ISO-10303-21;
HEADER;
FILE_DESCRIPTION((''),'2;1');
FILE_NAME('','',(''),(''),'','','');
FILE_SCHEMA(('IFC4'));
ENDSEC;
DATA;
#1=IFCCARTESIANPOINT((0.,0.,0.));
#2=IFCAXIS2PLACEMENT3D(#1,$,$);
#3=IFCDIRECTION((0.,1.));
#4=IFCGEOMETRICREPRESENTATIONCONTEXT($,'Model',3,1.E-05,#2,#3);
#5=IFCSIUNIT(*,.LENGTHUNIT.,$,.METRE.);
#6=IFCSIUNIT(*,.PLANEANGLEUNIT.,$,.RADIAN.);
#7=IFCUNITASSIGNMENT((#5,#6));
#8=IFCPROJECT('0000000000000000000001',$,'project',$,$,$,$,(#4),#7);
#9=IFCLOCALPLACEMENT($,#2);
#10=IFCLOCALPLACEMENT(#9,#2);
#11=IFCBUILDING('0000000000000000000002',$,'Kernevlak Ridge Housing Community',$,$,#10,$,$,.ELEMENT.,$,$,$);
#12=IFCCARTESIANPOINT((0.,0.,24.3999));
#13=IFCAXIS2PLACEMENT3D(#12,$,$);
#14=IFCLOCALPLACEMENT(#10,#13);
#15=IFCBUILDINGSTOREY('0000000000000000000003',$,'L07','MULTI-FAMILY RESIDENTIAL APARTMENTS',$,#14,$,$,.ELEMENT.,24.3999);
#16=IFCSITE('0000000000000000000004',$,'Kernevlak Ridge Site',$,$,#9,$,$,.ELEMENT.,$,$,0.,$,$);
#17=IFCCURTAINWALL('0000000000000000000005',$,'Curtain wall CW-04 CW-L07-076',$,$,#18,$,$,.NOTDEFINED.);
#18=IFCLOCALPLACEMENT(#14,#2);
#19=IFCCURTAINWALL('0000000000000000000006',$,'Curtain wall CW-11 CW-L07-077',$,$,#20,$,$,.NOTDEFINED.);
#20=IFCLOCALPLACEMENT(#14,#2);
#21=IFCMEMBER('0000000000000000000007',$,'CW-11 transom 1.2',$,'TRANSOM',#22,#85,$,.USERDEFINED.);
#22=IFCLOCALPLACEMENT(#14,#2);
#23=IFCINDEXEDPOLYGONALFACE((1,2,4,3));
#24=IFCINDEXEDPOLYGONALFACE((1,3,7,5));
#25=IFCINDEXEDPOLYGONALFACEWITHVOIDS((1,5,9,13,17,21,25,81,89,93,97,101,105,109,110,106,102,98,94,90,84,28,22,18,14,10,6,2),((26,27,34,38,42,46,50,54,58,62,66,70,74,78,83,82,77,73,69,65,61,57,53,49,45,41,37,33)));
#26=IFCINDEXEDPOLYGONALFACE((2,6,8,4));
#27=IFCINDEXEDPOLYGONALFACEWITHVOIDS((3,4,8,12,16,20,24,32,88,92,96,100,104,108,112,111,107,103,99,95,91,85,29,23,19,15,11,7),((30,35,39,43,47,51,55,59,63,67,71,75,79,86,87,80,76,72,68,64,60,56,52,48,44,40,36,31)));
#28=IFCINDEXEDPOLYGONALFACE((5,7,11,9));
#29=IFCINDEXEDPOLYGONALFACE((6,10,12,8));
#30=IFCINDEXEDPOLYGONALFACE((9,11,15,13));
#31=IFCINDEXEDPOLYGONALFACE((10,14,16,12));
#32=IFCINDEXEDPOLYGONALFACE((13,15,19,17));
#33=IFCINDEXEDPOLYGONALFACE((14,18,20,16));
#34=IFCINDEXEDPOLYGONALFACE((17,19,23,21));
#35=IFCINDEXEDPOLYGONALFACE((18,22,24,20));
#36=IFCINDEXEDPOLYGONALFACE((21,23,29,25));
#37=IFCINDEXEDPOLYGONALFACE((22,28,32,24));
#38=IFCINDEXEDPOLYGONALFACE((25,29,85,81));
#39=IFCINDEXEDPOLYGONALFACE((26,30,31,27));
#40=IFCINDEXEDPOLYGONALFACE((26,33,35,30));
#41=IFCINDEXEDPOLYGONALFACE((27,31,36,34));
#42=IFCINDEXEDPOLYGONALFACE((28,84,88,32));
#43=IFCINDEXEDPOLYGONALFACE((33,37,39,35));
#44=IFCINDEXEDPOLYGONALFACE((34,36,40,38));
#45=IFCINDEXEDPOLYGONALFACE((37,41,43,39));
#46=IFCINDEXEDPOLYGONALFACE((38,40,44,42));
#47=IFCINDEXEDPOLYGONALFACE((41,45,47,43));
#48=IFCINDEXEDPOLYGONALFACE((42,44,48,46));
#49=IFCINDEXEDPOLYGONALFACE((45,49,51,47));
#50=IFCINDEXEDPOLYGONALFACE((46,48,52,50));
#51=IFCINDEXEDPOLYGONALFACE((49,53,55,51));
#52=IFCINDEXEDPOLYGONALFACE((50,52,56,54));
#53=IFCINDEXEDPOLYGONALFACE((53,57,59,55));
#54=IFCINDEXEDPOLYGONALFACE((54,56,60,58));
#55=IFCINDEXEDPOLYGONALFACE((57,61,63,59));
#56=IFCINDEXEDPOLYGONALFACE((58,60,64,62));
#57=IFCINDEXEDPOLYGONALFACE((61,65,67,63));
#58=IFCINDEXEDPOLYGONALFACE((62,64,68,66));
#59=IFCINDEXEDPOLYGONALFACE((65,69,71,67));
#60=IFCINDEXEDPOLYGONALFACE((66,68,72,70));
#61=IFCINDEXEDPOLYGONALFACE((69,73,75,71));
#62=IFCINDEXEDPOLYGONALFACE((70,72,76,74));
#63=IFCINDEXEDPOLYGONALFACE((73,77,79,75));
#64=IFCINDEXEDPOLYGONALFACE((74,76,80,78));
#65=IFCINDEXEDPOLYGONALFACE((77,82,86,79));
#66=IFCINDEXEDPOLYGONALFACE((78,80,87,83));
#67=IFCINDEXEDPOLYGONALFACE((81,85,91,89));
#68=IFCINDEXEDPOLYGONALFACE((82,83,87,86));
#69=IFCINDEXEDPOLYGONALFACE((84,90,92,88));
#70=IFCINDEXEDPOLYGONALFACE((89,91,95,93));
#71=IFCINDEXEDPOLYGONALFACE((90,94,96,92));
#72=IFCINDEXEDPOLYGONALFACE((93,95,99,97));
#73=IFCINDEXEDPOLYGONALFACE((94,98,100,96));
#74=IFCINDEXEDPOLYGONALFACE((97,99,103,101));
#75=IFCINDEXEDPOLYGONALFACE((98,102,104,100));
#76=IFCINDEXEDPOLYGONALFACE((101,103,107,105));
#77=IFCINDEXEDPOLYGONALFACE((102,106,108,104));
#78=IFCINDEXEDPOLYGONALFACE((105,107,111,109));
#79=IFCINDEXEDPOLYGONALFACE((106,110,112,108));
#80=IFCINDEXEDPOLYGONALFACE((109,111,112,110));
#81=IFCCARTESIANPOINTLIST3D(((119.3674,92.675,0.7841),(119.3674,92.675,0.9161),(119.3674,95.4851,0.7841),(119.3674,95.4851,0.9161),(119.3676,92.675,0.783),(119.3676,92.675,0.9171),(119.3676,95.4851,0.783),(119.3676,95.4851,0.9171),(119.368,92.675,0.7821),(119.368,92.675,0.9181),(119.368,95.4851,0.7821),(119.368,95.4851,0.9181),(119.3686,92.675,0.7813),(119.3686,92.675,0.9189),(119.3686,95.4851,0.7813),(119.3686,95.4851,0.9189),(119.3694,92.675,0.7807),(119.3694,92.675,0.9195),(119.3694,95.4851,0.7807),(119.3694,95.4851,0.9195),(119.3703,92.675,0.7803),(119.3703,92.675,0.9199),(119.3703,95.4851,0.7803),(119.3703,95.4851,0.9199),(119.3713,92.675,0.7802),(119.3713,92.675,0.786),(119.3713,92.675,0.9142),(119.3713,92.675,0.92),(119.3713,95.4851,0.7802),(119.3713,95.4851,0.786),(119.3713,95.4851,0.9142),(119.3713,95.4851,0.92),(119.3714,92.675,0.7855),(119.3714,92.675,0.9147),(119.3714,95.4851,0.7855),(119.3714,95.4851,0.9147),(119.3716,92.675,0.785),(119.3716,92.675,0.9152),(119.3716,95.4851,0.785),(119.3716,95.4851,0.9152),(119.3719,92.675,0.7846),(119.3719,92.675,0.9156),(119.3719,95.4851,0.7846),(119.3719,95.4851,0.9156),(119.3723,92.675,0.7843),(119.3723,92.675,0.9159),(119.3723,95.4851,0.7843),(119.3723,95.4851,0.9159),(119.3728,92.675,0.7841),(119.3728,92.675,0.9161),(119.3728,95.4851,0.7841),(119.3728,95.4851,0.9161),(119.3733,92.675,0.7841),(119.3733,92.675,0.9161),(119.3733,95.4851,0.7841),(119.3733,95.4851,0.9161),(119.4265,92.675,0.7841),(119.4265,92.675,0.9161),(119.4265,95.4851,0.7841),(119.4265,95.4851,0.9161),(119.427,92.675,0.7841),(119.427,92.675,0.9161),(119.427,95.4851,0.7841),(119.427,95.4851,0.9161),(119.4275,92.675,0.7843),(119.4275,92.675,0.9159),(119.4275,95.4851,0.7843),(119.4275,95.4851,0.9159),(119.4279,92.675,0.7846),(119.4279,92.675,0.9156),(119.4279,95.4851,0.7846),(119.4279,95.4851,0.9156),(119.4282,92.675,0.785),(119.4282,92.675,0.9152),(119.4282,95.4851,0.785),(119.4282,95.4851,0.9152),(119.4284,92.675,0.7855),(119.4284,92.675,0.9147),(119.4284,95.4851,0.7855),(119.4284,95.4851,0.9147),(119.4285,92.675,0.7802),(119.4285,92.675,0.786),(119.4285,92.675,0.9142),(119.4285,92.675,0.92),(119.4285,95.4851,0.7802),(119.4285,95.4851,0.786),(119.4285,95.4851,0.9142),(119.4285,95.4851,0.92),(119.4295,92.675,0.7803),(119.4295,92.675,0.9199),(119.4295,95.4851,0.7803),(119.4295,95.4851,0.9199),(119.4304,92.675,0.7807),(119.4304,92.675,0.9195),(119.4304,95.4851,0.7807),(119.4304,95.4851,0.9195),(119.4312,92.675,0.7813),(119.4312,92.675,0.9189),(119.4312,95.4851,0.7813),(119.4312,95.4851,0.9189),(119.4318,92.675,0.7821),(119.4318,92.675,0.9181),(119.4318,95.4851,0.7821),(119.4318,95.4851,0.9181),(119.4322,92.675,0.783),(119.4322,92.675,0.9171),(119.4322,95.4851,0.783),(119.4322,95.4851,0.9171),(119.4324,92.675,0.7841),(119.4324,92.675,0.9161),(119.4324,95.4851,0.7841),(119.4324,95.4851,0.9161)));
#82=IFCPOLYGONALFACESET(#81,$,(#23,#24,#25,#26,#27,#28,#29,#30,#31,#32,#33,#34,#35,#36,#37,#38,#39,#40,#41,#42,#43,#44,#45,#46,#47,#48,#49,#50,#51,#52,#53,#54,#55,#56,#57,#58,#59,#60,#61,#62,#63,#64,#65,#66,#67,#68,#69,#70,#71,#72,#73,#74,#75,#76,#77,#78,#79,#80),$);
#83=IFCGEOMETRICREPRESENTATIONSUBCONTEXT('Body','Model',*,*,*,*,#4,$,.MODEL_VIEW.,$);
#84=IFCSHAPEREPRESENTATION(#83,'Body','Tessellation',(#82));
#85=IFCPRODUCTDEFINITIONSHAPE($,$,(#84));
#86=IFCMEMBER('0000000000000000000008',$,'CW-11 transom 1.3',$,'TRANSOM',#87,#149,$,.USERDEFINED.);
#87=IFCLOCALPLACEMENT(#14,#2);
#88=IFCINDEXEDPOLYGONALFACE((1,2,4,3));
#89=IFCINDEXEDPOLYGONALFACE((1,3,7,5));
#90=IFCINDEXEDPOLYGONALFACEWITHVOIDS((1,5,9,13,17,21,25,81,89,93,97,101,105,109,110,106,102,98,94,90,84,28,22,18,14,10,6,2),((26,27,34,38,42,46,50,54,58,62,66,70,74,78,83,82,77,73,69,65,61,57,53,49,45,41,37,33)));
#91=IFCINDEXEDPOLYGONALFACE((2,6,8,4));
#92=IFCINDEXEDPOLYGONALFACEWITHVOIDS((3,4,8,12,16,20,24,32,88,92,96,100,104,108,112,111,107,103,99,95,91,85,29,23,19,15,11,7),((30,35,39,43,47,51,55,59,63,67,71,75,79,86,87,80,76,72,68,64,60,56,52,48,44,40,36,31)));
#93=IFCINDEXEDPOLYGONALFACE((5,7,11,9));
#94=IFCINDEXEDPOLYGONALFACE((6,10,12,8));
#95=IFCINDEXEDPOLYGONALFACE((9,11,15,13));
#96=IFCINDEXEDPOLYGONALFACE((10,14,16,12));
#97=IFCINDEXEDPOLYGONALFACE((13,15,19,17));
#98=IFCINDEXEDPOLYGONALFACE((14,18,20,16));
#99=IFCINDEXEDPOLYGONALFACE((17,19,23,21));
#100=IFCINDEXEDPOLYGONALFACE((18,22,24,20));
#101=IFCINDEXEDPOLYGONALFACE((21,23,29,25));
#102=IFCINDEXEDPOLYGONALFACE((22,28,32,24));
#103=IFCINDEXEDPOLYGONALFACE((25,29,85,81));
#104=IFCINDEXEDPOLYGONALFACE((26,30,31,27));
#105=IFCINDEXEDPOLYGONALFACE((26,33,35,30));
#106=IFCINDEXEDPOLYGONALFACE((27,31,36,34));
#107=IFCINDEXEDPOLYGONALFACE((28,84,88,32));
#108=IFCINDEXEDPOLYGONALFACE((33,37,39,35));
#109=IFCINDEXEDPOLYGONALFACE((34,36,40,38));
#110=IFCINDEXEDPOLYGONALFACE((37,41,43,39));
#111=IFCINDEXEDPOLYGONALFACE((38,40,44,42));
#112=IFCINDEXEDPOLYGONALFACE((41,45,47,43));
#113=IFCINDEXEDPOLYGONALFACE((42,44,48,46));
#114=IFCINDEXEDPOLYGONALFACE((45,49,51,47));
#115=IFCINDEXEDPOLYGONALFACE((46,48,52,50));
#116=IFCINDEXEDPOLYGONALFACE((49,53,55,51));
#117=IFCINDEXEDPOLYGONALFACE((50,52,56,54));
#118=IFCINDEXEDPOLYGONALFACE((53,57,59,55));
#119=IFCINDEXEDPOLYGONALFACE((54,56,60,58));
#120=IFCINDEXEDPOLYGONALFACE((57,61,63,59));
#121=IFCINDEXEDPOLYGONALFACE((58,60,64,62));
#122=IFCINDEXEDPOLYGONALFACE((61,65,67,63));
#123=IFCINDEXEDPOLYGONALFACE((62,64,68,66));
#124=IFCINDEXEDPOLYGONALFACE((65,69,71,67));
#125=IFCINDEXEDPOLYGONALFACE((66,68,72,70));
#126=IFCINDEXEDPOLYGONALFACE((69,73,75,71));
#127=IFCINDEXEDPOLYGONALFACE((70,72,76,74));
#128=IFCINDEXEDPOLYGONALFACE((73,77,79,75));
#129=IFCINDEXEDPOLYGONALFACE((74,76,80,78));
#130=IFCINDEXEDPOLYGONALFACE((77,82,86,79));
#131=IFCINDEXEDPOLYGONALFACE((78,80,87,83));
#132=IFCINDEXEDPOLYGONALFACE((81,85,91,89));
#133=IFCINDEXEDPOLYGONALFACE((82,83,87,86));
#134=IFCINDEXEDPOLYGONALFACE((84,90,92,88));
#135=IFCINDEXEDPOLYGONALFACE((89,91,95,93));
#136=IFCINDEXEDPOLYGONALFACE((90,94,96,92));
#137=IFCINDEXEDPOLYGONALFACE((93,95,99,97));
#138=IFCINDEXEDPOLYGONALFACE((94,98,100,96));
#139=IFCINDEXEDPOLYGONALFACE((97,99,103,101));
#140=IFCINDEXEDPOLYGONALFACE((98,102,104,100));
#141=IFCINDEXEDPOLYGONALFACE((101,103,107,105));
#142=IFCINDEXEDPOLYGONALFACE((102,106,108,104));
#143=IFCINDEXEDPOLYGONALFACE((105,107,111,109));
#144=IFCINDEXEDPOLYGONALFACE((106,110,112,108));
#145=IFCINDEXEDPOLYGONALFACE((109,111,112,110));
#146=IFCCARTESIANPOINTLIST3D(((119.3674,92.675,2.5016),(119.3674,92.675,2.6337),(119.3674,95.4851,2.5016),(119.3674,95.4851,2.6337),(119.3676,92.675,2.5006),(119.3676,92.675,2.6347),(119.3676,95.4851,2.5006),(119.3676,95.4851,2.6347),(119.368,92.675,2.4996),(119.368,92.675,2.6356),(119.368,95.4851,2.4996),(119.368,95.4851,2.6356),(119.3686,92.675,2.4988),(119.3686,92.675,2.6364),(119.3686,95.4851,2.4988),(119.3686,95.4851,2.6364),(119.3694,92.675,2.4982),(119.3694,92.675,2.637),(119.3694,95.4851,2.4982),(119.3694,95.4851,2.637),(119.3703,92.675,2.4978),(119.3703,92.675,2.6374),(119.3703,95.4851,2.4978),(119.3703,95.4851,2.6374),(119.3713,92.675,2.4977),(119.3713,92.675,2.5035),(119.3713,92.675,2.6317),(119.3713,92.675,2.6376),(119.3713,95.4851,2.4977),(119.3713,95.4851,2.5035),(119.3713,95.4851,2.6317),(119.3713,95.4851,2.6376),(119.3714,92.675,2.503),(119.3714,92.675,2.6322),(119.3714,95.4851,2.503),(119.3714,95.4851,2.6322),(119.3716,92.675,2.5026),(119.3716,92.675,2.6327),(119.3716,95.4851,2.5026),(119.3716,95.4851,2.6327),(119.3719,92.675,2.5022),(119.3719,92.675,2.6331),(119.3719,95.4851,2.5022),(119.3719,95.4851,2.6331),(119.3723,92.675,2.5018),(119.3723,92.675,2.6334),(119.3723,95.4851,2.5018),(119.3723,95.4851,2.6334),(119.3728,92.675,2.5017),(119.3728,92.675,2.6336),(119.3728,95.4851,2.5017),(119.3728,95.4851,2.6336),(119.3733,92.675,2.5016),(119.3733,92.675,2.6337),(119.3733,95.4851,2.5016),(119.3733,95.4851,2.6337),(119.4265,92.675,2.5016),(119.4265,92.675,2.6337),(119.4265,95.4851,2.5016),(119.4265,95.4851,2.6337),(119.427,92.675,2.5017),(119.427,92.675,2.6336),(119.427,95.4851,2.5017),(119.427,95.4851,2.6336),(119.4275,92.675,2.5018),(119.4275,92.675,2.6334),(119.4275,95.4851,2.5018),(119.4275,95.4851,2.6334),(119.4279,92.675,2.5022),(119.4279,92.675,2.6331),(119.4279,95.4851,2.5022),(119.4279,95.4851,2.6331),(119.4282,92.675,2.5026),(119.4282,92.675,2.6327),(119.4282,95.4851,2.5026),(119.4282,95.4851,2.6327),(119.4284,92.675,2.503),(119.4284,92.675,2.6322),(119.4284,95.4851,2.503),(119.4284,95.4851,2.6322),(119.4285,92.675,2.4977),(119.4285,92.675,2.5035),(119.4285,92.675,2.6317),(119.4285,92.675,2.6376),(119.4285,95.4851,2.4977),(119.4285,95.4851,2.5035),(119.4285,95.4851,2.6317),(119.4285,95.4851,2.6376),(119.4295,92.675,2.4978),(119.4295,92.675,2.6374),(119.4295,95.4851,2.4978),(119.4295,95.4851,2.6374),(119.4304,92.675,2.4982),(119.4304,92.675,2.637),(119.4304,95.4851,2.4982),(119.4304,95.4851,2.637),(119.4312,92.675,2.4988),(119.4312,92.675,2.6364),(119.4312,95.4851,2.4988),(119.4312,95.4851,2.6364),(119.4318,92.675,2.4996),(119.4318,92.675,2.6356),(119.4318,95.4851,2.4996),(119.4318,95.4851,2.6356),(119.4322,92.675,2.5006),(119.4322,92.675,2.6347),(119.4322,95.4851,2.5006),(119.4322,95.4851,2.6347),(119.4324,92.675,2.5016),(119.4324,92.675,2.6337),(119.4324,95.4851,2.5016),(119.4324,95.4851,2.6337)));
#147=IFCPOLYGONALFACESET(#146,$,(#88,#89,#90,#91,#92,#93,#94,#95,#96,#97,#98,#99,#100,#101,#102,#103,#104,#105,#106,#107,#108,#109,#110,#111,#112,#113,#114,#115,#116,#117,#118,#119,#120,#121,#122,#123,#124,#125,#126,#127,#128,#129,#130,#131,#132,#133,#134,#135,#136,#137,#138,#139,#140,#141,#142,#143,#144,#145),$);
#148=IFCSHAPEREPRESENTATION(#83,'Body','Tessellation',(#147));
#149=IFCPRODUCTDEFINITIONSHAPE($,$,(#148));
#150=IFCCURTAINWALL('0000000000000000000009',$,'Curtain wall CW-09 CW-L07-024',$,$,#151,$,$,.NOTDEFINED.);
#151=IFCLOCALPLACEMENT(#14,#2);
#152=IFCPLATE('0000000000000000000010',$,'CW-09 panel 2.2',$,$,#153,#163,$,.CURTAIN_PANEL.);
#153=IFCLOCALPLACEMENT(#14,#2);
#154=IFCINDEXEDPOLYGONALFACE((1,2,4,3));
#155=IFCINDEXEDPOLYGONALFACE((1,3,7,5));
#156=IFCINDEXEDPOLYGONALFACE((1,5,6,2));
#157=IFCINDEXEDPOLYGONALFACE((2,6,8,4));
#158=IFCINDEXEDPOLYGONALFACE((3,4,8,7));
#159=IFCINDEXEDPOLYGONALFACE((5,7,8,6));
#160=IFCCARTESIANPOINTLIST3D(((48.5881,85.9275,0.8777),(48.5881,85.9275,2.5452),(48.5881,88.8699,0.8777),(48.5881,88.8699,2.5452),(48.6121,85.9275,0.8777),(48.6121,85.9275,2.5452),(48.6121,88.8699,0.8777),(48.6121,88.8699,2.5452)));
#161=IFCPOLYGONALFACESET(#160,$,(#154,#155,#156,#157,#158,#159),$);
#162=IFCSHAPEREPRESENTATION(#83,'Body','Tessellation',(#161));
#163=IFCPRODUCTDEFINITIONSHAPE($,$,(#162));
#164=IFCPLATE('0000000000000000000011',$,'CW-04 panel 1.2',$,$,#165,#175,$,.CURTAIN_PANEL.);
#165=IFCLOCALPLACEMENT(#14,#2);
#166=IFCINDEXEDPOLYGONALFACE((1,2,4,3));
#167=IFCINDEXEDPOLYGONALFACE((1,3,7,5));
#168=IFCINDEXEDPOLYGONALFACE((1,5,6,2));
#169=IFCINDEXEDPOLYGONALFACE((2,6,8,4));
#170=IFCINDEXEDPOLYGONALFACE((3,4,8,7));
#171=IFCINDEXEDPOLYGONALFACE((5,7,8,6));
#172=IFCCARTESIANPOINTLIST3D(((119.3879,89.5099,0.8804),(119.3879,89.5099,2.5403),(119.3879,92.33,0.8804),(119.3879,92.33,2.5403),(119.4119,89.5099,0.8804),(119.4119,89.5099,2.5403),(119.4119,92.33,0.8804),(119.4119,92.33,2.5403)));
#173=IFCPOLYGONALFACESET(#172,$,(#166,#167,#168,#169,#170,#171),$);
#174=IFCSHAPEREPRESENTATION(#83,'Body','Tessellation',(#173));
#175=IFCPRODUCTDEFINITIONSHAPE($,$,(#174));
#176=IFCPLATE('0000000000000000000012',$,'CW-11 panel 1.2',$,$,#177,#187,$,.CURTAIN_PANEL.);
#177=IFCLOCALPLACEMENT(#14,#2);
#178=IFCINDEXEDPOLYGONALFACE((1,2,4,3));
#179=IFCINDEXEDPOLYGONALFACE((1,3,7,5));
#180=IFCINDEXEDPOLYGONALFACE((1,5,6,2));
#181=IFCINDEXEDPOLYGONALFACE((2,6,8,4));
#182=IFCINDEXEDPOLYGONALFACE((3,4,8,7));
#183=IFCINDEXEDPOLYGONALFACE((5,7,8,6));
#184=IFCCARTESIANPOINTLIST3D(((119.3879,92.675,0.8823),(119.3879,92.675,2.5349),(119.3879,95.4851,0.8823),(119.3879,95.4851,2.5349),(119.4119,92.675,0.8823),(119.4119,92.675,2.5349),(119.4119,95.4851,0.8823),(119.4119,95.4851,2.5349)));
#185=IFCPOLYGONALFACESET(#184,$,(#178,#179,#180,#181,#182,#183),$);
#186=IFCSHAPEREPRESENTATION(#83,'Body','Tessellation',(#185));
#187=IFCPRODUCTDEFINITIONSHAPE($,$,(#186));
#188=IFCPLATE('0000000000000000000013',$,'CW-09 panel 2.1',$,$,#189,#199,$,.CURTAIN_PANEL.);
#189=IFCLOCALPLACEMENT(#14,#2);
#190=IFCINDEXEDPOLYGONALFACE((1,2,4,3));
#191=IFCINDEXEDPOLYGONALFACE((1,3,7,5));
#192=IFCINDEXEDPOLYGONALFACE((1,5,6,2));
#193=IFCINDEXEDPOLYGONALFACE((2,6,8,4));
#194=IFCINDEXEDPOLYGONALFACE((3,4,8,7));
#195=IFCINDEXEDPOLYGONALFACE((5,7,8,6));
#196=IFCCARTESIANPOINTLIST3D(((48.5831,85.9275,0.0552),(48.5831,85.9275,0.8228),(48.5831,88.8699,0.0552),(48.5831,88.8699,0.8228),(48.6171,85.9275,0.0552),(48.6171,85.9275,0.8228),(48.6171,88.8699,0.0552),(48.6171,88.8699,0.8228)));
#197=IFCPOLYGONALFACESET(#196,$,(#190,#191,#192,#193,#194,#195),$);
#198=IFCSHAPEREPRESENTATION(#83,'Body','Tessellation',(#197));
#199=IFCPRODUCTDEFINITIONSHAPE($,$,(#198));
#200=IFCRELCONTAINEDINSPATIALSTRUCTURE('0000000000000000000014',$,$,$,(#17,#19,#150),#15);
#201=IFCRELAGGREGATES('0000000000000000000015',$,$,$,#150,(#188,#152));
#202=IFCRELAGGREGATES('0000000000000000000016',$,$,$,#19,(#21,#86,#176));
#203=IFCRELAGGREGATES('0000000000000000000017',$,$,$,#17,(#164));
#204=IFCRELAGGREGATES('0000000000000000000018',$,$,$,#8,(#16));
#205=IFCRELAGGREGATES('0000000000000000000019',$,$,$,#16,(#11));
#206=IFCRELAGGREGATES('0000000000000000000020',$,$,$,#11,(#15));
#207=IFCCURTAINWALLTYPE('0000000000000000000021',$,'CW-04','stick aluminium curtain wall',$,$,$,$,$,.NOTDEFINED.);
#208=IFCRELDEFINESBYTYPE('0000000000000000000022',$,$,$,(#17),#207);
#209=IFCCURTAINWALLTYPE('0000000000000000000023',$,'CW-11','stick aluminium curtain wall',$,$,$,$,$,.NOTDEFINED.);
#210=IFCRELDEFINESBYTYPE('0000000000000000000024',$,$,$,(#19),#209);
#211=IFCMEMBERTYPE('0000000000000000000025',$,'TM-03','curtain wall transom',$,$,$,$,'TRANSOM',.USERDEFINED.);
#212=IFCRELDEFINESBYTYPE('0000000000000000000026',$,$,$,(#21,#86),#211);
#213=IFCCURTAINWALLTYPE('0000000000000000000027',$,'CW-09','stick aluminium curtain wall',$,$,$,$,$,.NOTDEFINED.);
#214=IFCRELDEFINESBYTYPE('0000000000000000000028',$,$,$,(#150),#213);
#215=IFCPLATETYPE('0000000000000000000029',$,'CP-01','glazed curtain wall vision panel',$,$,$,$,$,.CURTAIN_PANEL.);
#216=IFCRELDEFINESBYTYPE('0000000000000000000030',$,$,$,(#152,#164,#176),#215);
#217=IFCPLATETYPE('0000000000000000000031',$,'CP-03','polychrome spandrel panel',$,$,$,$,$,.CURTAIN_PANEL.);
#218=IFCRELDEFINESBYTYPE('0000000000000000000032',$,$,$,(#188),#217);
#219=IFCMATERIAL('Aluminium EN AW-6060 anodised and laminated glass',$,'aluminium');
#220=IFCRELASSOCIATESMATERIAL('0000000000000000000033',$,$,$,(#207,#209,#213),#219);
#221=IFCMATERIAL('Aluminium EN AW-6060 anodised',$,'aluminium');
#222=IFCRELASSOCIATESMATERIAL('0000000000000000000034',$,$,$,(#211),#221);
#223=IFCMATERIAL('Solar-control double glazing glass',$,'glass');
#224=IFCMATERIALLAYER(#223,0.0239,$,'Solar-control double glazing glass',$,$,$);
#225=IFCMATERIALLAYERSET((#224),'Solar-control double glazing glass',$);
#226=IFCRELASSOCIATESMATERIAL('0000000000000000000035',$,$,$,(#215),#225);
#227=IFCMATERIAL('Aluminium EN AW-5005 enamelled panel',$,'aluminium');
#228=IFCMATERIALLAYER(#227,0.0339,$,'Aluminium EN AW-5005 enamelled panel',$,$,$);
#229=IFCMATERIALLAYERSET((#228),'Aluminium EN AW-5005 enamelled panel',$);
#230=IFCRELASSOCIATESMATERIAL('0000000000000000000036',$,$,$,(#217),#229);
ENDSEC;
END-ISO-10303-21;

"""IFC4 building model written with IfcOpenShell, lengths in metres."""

from ifc_helpers import new_model, si_unit, direction, frame, origin, origin_2d, place, context, subcontext, project, spatial, rectangle, hollow_rectangle, extrude, material, layer, layer_set, material_profile, profile_set, type_object, element, aggregate, save


model = new_model("IFC4")

# Units and contexts
model_context = context("Model", 3, precision=1e-05, world=origin(), true_north=direction((0.0, 1.0)))
body_context = subcontext(model_context, "Body", "Model", "MODEL_VIEW")
ifc_project = project(units=[si_unit("LENGTHUNIT", "METRE"), si_unit("PLANEANGLEUNIT", "RADIAN")], contexts=[model_context])

# Site, building, storey
site_placement = place(None, origin())
site = spatial("IfcSite", under=ifc_project, at=site_placement, Name="Kernevlak Ridge Site", CompositionType="ELEMENT", RefElevation=0.0)
building_placement = place(site_placement, origin())
building = spatial("IfcBuilding", under=site, at=building_placement, Name="Kernevlak Ridge Housing Community", CompositionType="ELEMENT")
storey_placement = place(building_placement, frame((0.0, 0.0, 24.3999)))
storey = spatial("IfcBuildingStorey", under=building, at=storey_placement, Name="L07", Description="MULTI-FAMILY RESIDENTIAL APARTMENTS", CompositionType="ELEMENT", Elevation=24.3999)

# Curtain walls
ifc_material_1 = material(Name="Aluminium EN AW-6060 anodised and laminated glass", Category="aluminium")
curtain_wall_type_1 = type_object("IfcCurtainWallType", Name="CW-04", Description="stick aluminium curtain wall", PredefinedType="NOTDEFINED", material=ifc_material_1)
curtain_wall_1_placement = place(storey_placement, origin())
curtain_wall_1 = element("IfcCurtainWall", 1, at=curtain_wall_1_placement, inside=storey, type_object=curtain_wall_type_1, Name="Curtain wall CW-04 CW-L07-076", PredefinedType="NOTDEFINED")
ifc_material_2 = material(Name="Aluminium EN AW-6060 anodised", Category="aluminium")
curtain_wall_type_2 = type_object("IfcCurtainWallType", Name="CW-11", Description="stick aluminium curtain wall", PredefinedType="NOTDEFINED", material=ifc_material_1)
curtain_wall_2_placement = place(storey_placement, origin())
curtain_wall_2 = element("IfcCurtainWall", 2, at=curtain_wall_2_placement, inside=storey, type_object=curtain_wall_type_2, Name="Curtain wall CW-11 CW-L07-077", PredefinedType="NOTDEFINED")

# Members
ifc_material_profile_1 = material_profile(ifc_material_2, hollow_rectangle(XDim=0.0649, YDim=0.1399, WallThickness=0.0039, InnerFilletRadius=0.002, OuterFilletRadius=0.0039, at=origin_2d()), Name="ALU 65x140x4")
ifc_profile_set_1 = profile_set([ifc_material_profile_1], Name="Aluminium EN AW-6060 anodised")
member_type_1 = type_object("IfcMemberType", Name="TM-03", Description="curtain wall transom", ElementType="TRANSOM", PredefinedType="USERDEFINED", material=ifc_profile_set_1)
member_1_placement = place(storey_placement, frame((119.3999, 92.675, 0.8501), z_axis=(0.0, 1.0, 0.0), x_axis=(-1.0, 0.0, 0.0)))
member_1 = element("IfcMember", 3, at=member_1_placement, type_object=member_type_1, Name="CW-11 transom 1.2", ObjectType="TRANSOM", PredefinedType="USERDEFINED", context=body_context, shape_type="SweptSolid", body=[
    extrude(hollow_rectangle(XDim=0.0649, YDim=0.1399, WallThickness=0.0039, InnerFilletRadius=0.002, OuterFilletRadius=0.0039, at=origin_2d()), origin(), (0.0, 0.0, 1.0), 2.8101),
])
member_2_placement = place(storey_placement, frame((119.3999, 92.675, 2.5676), z_axis=(0.0, 1.0, 0.0), x_axis=(-1.0, 0.0, 0.0)))
member_2 = element("IfcMember", 4, at=member_2_placement, type_object=member_type_1, Name="CW-11 transom 1.3", ObjectType="TRANSOM", PredefinedType="USERDEFINED", context=body_context, shape_type="SweptSolid", body=[
    extrude(hollow_rectangle(XDim=0.0649, YDim=0.1399, WallThickness=0.0039, InnerFilletRadius=0.002, OuterFilletRadius=0.0039, at=origin_2d()), origin(), (0.0, 0.0, 1.0), 2.8101),
])

# Curtain wall, plate
curtain_wall_type_3 = type_object("IfcCurtainWallType", Name="CW-09", Description="stick aluminium curtain wall", PredefinedType="NOTDEFINED", material=ifc_material_1)
curtain_wall_3_placement = place(storey_placement, origin())
curtain_wall_3 = element("IfcCurtainWall", 5, at=curtain_wall_3_placement, inside=storey, type_object=curtain_wall_type_3, Name="Curtain wall CW-09 CW-L07-024", PredefinedType="NOTDEFINED")
ifc_material_3 = material(Name="Solar-control double glazing glass", Category="glass")
ifc_layer_1 = layer(ifc_material_3, 0.0239, Name="Solar-control double glazing glass")
ifc_layer_set_1 = layer_set([ifc_layer_1], Name="Solar-control double glazing glass")
plate_type_1 = type_object("IfcPlateType", Name="CP-01", Description="glazed curtain wall vision panel", PredefinedType="CURTAIN_PANEL", material=ifc_layer_set_1)
plate_1_placement = place(storey_placement, frame((48.6001, 87.3987, 0.8777), z_axis=(0.0, 0.0, 1.0), x_axis=(0.0, 1.0, 0.0)))
plate_1 = element("IfcPlate", 6, at=plate_1_placement, type_object=plate_type_1, Name="CW-09 panel 2.2", PredefinedType="CURTAIN_PANEL", context=body_context, shape_type="SweptSolid", body=[
    extrude(rectangle(XDim=2.9424, YDim=0.0239, at=origin_2d()), origin(), (0.0, 0.0, 1.0), 1.6675),
])

# Plates
plate_2_placement = place(storey_placement, frame((119.3999, 90.9199, 0.8804), z_axis=(0.0, 0.0, 1.0), x_axis=(0.0, 1.0, 0.0)))
plate_2 = element("IfcPlate", 7, at=plate_2_placement, type_object=plate_type_1, Name="CW-04 panel 1.2", PredefinedType="CURTAIN_PANEL", context=body_context, shape_type="SweptSolid", body=[
    extrude(rectangle(XDim=2.8201, YDim=0.0239, at=origin_2d()), origin(), (0.0, 0.0, 1.0), 1.6599),
])
plate_3_placement = place(storey_placement, frame((119.3999, 94.0801, 0.8823), z_axis=(0.0, 0.0, 1.0), x_axis=(0.0, 1.0, 0.0)))
plate_3 = element("IfcPlate", 8, at=plate_3_placement, type_object=plate_type_1, Name="CW-11 panel 1.2", PredefinedType="CURTAIN_PANEL", context=body_context, shape_type="SweptSolid", body=[
    extrude(rectangle(XDim=2.8101, YDim=0.0239, at=origin_2d()), origin(), (0.0, 0.0, 1.0), 1.6526),
])
ifc_material_4 = material(Name="Aluminium EN AW-5005 enamelled panel", Category="aluminium")
ifc_layer_2 = layer(ifc_material_4, 0.0339, Name="Aluminium EN AW-5005 enamelled panel")
ifc_layer_set_2 = layer_set([ifc_layer_2], Name="Aluminium EN AW-5005 enamelled panel")
plate_type_2 = type_object("IfcPlateType", Name="CP-03", Description="polychrome spandrel panel", PredefinedType="CURTAIN_PANEL", material=ifc_layer_set_2)
plate_4_placement = place(storey_placement, frame((48.6001, 87.3987, 0.0552), z_axis=(0.0, 0.0, 1.0), x_axis=(0.0, 1.0, 0.0)))
plate_4 = element("IfcPlate", 9, at=plate_4_placement, type_object=plate_type_2, Name="CW-09 panel 2.1", PredefinedType="CURTAIN_PANEL", context=body_context, shape_type="SweptSolid", body=[
    extrude(rectangle(XDim=2.9424, YDim=0.0339, at=origin_2d()), origin(), (0.0, 0.0, 1.0), 0.7676),
])
aggregate(curtain_wall_3, [plate_4, plate_1])
aggregate(curtain_wall_2, [member_1, member_2, plate_3])
aggregate(curtain_wall_1, [plate_2])

save(model, "model.ifc")
